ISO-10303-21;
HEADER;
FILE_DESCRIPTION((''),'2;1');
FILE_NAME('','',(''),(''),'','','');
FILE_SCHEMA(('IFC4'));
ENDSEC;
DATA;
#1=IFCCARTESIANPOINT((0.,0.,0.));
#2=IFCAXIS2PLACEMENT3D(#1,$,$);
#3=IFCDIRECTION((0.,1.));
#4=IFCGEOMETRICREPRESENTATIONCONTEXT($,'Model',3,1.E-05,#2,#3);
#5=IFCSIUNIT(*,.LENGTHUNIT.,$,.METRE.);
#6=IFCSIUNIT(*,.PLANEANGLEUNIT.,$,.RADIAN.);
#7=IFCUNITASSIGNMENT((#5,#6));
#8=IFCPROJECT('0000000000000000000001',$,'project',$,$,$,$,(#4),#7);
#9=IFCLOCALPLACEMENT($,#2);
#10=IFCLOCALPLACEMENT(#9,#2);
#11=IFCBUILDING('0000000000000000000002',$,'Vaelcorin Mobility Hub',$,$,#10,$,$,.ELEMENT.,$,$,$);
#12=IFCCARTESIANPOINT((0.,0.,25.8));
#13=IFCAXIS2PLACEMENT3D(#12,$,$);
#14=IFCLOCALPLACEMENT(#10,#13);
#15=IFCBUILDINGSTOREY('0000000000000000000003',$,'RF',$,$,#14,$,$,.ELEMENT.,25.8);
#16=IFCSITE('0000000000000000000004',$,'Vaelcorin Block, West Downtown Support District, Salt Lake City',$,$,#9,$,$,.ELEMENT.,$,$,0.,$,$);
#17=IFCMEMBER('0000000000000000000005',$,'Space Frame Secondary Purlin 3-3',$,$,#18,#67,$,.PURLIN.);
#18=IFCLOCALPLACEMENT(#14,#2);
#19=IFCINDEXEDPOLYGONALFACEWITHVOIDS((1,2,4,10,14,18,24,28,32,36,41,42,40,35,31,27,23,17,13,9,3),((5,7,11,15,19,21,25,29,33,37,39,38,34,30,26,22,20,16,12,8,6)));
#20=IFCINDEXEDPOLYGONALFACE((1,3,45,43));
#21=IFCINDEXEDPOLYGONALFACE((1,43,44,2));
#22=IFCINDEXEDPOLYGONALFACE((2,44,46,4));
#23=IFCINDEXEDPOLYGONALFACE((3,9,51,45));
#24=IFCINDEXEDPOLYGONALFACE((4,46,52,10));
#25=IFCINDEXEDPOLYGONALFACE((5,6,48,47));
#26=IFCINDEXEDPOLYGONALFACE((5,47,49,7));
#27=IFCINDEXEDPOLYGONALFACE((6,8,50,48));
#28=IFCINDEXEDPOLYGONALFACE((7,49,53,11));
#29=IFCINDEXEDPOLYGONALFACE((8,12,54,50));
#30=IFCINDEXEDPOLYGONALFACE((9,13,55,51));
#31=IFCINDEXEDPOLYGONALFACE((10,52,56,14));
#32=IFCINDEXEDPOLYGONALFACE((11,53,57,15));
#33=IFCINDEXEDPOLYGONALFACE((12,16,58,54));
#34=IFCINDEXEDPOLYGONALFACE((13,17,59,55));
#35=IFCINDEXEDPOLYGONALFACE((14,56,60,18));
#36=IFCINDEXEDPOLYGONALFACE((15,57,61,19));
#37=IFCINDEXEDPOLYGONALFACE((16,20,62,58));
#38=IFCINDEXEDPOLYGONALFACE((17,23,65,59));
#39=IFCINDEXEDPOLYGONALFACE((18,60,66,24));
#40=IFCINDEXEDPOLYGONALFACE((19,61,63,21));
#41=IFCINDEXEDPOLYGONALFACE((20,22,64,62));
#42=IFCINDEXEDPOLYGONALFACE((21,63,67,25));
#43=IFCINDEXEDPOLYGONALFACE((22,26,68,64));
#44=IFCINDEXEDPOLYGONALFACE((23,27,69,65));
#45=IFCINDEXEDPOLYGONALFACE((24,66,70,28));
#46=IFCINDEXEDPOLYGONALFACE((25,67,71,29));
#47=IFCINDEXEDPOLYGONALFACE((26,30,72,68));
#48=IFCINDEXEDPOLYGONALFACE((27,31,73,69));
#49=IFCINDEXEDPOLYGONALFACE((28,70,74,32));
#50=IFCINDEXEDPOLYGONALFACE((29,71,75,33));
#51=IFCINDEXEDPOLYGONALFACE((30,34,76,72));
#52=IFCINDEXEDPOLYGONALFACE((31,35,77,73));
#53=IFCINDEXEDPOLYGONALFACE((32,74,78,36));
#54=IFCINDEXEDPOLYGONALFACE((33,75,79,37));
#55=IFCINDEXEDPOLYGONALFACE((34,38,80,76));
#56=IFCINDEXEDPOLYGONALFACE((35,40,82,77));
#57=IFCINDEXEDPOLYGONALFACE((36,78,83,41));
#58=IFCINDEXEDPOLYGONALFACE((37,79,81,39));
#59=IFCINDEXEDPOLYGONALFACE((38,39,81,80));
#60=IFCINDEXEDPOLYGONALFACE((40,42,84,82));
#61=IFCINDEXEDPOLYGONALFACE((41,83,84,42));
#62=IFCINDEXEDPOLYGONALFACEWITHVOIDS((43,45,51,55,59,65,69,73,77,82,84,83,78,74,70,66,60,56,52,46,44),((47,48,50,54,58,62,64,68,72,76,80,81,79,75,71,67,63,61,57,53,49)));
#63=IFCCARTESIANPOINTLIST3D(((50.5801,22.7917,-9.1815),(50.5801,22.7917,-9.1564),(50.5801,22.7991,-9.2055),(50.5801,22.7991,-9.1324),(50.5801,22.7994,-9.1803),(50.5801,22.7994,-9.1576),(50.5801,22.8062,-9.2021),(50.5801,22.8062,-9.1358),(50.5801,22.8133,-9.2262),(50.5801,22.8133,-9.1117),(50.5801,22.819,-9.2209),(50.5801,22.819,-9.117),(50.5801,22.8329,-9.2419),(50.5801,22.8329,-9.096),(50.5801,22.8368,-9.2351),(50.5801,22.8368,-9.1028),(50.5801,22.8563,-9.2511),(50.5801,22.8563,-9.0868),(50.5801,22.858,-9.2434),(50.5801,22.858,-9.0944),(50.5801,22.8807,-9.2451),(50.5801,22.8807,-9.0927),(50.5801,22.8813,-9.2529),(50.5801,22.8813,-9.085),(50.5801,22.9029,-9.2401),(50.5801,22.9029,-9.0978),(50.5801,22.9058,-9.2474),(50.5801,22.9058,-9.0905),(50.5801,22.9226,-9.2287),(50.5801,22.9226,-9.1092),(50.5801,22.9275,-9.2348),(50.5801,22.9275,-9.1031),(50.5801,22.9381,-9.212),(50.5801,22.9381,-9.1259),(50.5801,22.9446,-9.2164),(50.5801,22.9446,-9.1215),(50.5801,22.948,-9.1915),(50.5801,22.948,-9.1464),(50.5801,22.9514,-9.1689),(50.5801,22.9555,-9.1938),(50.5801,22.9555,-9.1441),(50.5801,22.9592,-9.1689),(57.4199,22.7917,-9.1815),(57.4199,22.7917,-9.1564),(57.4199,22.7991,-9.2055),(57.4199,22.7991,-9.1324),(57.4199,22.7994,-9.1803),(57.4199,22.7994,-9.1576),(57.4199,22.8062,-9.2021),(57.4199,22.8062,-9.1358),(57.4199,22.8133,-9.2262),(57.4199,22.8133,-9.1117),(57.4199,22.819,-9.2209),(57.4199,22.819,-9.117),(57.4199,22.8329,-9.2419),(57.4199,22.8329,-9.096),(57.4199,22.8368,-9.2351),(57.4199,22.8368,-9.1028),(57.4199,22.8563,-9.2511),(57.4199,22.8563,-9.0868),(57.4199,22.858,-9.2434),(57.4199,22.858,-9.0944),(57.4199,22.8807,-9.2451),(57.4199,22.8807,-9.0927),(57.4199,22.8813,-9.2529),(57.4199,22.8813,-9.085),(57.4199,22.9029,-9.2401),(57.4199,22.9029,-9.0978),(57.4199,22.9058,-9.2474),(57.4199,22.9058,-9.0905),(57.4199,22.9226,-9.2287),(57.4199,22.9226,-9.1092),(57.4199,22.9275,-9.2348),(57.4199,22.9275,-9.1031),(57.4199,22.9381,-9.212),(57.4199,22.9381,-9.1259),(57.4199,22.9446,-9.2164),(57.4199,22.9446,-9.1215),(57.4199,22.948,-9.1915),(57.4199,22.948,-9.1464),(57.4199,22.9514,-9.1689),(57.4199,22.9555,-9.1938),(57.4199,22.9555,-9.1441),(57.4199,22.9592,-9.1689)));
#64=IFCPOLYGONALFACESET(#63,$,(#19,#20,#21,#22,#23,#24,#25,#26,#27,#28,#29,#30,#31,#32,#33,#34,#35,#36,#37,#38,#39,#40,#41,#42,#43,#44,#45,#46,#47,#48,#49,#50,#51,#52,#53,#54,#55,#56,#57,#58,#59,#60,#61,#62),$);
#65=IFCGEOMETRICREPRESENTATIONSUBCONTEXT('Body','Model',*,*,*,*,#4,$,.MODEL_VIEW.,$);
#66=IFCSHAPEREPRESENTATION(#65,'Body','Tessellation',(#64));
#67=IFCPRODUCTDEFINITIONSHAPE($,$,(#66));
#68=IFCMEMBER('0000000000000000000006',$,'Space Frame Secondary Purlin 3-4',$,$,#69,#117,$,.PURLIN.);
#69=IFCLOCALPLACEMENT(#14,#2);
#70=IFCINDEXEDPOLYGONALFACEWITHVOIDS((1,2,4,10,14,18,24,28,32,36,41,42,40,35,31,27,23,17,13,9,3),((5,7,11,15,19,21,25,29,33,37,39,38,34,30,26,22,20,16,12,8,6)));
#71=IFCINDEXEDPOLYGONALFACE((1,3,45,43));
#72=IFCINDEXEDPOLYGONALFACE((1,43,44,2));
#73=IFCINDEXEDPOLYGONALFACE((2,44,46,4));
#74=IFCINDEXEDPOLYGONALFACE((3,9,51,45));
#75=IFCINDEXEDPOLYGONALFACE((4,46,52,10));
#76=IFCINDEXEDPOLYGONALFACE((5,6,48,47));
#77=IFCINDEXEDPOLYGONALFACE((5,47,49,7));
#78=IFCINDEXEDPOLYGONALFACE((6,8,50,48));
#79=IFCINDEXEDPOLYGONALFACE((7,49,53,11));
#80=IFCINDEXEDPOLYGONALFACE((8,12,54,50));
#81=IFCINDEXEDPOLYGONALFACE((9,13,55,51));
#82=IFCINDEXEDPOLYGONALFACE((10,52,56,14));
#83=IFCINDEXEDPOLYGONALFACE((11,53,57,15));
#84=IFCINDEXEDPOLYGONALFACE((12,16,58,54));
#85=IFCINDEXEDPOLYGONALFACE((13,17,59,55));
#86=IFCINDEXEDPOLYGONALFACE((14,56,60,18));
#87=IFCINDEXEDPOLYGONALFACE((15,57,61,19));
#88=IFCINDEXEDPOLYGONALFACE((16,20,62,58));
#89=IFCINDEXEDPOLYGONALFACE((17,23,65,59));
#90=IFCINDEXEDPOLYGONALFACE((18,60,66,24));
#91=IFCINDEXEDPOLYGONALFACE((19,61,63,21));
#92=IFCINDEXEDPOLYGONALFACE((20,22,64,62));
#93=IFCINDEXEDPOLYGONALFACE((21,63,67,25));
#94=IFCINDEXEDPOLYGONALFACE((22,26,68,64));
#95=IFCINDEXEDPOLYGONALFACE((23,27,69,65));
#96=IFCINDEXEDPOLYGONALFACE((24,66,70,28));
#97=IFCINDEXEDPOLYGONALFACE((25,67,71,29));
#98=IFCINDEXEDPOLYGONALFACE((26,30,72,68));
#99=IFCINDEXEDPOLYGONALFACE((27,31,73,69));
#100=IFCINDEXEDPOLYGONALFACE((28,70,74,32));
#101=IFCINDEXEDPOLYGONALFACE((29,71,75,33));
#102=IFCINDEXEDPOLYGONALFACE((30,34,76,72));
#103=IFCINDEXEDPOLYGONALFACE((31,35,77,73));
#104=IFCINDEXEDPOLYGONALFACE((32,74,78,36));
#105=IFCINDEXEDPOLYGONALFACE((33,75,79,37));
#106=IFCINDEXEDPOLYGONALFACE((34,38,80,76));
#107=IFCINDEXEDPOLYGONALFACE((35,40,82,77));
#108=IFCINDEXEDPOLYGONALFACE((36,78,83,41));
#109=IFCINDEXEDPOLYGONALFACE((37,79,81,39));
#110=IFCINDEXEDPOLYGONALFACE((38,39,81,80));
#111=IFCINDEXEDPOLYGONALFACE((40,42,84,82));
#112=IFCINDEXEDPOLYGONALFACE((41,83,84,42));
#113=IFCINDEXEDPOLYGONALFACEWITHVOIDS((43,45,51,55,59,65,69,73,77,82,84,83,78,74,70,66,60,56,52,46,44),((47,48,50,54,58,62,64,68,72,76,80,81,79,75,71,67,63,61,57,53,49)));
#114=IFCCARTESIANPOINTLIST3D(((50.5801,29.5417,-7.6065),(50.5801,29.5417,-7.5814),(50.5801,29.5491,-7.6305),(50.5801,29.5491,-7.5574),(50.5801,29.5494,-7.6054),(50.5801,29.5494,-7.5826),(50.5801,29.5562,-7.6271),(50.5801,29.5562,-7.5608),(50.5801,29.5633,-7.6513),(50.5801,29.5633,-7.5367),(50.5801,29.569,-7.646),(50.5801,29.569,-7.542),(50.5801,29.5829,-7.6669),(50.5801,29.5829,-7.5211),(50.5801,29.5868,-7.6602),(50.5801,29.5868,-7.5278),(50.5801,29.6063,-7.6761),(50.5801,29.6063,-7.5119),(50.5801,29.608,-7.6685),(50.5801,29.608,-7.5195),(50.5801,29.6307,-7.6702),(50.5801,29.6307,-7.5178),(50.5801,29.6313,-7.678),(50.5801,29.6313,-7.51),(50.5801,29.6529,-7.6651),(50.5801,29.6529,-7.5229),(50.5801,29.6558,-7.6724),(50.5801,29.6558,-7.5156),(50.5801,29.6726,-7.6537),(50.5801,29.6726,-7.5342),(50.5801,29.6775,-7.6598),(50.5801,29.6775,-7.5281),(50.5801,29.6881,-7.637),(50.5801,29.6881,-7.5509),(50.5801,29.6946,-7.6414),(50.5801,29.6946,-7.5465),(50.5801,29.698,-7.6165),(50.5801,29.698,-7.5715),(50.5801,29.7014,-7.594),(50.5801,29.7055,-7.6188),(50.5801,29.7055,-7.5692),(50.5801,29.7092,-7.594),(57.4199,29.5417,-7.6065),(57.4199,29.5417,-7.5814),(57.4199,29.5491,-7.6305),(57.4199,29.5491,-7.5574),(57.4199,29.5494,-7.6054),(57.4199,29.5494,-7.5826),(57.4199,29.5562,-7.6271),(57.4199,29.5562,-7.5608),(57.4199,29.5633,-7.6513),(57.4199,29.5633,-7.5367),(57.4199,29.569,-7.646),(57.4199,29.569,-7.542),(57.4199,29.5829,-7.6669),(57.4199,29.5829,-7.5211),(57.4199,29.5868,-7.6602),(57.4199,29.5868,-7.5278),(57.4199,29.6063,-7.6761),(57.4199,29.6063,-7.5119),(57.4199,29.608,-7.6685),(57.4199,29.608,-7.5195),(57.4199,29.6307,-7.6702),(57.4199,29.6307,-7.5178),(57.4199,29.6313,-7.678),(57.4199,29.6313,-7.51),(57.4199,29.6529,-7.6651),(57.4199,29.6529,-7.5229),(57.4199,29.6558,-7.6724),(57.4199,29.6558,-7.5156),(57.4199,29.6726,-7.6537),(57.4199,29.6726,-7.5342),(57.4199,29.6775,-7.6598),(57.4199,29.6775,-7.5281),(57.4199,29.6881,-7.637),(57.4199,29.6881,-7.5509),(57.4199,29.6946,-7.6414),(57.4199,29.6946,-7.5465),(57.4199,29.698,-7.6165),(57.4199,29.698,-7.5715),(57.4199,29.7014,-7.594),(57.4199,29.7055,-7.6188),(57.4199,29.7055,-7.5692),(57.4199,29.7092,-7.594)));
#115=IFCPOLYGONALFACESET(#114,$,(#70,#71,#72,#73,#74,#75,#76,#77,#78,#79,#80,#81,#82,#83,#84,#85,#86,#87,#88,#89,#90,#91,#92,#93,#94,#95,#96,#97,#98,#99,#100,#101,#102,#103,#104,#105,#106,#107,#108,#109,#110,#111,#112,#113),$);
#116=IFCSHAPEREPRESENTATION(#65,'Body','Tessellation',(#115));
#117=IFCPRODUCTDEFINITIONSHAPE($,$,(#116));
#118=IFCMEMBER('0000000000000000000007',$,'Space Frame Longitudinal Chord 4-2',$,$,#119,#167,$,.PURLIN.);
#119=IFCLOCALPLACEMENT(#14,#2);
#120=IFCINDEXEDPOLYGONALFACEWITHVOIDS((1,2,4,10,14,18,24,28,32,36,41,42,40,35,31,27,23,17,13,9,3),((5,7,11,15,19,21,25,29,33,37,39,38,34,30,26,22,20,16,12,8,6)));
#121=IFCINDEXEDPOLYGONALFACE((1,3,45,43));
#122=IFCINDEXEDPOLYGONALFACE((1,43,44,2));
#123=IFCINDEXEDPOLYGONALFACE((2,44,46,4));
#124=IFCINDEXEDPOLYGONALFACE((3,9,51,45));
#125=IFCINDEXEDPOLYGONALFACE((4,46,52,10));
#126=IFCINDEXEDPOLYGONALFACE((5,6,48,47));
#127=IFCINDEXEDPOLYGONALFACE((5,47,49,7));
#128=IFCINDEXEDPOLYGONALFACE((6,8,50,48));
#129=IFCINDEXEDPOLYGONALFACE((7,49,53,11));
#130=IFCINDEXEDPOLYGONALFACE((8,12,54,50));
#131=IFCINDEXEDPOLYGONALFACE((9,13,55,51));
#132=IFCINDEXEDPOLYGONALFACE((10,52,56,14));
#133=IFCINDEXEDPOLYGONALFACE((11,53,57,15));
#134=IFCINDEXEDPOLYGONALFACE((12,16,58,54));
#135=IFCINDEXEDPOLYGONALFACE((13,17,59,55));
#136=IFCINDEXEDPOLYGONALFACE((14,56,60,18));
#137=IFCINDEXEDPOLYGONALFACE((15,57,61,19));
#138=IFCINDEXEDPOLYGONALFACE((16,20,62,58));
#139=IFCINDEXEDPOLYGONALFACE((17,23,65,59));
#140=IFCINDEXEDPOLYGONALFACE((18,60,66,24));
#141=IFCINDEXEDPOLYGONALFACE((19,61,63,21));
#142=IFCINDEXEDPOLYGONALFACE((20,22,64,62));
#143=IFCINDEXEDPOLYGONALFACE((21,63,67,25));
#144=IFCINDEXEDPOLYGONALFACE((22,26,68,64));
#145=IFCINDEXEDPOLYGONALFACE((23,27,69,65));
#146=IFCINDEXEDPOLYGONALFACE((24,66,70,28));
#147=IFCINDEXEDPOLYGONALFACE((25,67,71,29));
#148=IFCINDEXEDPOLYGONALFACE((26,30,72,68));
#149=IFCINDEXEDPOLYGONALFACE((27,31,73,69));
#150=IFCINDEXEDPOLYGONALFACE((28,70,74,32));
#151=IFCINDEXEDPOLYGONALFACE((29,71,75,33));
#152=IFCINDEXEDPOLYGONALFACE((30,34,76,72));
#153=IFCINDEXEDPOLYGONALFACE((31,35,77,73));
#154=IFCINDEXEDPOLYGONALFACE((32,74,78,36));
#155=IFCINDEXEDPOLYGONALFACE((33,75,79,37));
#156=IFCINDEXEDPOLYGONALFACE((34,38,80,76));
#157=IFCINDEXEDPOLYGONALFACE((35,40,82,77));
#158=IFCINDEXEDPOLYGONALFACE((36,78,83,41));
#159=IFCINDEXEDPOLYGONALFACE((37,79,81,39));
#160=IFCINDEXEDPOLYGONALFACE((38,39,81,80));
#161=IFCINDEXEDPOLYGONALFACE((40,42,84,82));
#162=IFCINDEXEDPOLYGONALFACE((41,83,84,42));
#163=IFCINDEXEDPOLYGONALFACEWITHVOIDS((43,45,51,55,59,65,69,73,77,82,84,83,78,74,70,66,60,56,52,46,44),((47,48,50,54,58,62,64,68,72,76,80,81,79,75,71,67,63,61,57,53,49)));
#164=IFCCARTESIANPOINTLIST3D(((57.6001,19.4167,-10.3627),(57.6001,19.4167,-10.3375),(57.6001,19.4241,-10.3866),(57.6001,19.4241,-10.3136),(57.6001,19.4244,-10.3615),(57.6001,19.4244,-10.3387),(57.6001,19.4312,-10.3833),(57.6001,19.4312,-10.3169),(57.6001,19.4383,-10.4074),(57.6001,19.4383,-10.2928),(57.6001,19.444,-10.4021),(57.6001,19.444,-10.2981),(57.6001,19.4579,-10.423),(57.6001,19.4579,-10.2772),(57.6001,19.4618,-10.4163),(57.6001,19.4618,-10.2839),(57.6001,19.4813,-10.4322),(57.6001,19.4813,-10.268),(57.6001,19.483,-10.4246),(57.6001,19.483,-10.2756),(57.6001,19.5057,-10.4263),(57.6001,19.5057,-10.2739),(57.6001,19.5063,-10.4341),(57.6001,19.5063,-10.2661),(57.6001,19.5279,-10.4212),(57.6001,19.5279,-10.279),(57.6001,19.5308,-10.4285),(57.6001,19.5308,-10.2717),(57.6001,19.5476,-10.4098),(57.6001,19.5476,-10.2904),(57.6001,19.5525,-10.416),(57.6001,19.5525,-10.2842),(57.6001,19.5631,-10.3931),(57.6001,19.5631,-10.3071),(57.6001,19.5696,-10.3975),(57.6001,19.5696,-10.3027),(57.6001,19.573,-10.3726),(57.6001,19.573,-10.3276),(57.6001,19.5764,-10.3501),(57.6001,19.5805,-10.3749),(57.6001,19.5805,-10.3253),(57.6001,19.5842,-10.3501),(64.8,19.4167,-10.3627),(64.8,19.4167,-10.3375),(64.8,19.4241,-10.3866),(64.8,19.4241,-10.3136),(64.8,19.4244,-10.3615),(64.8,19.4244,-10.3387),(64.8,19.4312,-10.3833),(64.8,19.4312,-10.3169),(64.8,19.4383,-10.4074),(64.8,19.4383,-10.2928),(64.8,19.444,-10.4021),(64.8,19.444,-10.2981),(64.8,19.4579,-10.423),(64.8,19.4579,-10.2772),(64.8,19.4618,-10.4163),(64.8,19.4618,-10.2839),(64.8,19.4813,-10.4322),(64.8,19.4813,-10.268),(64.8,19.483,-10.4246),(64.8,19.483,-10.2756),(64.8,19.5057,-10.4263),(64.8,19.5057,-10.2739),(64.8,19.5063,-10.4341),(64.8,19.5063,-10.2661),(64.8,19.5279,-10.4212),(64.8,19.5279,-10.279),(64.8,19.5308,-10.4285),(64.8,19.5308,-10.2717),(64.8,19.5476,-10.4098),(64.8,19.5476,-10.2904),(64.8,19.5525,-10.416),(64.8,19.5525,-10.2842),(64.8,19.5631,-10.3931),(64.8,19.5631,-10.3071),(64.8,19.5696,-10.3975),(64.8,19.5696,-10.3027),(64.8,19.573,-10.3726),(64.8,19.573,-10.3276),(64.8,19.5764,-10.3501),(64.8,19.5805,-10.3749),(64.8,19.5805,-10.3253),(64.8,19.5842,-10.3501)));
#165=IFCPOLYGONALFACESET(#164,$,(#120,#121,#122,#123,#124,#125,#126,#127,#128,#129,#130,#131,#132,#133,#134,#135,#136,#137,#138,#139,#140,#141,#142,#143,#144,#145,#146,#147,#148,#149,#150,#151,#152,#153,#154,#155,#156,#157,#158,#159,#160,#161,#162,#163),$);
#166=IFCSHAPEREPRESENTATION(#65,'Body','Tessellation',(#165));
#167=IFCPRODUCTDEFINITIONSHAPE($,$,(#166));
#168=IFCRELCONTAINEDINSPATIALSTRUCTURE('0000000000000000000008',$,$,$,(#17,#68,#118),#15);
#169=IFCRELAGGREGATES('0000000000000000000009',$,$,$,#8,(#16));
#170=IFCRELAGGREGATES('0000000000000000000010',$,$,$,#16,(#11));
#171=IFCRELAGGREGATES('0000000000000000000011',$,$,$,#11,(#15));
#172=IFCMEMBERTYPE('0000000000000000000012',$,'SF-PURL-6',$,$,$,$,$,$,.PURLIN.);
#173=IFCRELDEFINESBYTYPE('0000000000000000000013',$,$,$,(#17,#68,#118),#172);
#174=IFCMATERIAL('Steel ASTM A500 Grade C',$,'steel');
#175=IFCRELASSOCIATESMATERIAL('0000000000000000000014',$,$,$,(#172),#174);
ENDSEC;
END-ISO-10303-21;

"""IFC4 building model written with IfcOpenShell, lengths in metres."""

from ifc_helpers import new_model, si_unit, direction, frame, origin, origin_2d, place, context, subcontext, project, spatial, hollow_circle, extrude, material, material_profile, profile_set, type_object, element, save


model = new_model("IFC4")

# Units and contexts
model_context = context("Model", 3, precision=1e-05, world=origin(), true_north=direction((0.0, 1.0)))
body_context = subcontext(model_context, "Body", "Model", "MODEL_VIEW")
ifc_project = project(units=[si_unit("LENGTHUNIT", "METRE"), si_unit("PLANEANGLEUNIT", "RADIAN")], contexts=[model_context])

# Site, building, storey
site_placement = place(None, origin())
site = spatial("IfcSite", under=ifc_project, at=site_placement, Name="Vaelcorin Block, West Downtown Support District, Salt Lake City", CompositionType="ELEMENT", RefElevation=0.0)
building_placement = place(site_placement, origin())
building = spatial("IfcBuilding", under=site, at=building_placement, Name="Vaelcorin Mobility Hub", CompositionType="ELEMENT")
storey_placement = place(building_placement, frame((0.0, 0.0, 25.8)))
storey = spatial("IfcBuildingStorey", under=building, at=storey_placement, Name="RF", CompositionType="ELEMENT", Elevation=25.8)

# Members
ifc_material_1 = material(Name="Steel ASTM A500 Grade C", Category="steel")
ifc_material_profile_1 = material_profile(ifc_material_1, hollow_circle(Radius=0.0842, WallThickness=0.0078, at=origin_2d()), Name="HSS6.625X0.312")
ifc_profile_set_1 = profile_set([ifc_material_profile_1], Name="Steel ASTM A500 Grade C")
member_type_1 = type_object("IfcMemberType", Name="SF-PURL-6", PredefinedType="PURLIN", material=ifc_profile_set_1)
for number, where, z_axis, x_axis, name in (
    (1, (50.5801, 22.875, -9.1689), (1.0, 0.0, 0.0), (0.0, 1.0, 0.0), "Space Frame Secondary Purlin 3-3"),
    (2, (50.5801, 29.625, -7.594), (1.0, 0.0, 0.0), (0.0, 1.0, 0.0), "Space Frame Secondary Purlin 3-4"),
):
    element("IfcMember", number, at=place(storey_placement, frame(where, z_axis=z_axis, x_axis=x_axis)), inside=storey, type_object=member_type_1, Name=name, PredefinedType="PURLIN", context=body_context, shape_type="SweptSolid", body=[
        extrude(hollow_circle(Radius=0.0842, WallThickness=0.0078, at=origin_2d()), origin(), (0.0, 0.0, 1.0), 6.8398),
    ])
for number, where, z_axis, x_axis, name in (
    (3, (57.6001, 19.5, -10.3501), (1.0, 0.0, 0.0), (0.0, 1.0, 0.0), "Space Frame Longitudinal Chord 4-2"),
):
    element("IfcMember", number, at=place(storey_placement, frame(where, z_axis=z_axis, x_axis=x_axis)), inside=storey, type_object=member_type_1, Name=name, PredefinedType="PURLIN", context=body_context, shape_type="SweptSolid", body=[
        extrude(hollow_circle(Radius=0.0842, WallThickness=0.0078, at=origin_2d()), origin(), (0.0, 0.0, 1.0), 7.2),
    ])

save(model, "model.ifc")
